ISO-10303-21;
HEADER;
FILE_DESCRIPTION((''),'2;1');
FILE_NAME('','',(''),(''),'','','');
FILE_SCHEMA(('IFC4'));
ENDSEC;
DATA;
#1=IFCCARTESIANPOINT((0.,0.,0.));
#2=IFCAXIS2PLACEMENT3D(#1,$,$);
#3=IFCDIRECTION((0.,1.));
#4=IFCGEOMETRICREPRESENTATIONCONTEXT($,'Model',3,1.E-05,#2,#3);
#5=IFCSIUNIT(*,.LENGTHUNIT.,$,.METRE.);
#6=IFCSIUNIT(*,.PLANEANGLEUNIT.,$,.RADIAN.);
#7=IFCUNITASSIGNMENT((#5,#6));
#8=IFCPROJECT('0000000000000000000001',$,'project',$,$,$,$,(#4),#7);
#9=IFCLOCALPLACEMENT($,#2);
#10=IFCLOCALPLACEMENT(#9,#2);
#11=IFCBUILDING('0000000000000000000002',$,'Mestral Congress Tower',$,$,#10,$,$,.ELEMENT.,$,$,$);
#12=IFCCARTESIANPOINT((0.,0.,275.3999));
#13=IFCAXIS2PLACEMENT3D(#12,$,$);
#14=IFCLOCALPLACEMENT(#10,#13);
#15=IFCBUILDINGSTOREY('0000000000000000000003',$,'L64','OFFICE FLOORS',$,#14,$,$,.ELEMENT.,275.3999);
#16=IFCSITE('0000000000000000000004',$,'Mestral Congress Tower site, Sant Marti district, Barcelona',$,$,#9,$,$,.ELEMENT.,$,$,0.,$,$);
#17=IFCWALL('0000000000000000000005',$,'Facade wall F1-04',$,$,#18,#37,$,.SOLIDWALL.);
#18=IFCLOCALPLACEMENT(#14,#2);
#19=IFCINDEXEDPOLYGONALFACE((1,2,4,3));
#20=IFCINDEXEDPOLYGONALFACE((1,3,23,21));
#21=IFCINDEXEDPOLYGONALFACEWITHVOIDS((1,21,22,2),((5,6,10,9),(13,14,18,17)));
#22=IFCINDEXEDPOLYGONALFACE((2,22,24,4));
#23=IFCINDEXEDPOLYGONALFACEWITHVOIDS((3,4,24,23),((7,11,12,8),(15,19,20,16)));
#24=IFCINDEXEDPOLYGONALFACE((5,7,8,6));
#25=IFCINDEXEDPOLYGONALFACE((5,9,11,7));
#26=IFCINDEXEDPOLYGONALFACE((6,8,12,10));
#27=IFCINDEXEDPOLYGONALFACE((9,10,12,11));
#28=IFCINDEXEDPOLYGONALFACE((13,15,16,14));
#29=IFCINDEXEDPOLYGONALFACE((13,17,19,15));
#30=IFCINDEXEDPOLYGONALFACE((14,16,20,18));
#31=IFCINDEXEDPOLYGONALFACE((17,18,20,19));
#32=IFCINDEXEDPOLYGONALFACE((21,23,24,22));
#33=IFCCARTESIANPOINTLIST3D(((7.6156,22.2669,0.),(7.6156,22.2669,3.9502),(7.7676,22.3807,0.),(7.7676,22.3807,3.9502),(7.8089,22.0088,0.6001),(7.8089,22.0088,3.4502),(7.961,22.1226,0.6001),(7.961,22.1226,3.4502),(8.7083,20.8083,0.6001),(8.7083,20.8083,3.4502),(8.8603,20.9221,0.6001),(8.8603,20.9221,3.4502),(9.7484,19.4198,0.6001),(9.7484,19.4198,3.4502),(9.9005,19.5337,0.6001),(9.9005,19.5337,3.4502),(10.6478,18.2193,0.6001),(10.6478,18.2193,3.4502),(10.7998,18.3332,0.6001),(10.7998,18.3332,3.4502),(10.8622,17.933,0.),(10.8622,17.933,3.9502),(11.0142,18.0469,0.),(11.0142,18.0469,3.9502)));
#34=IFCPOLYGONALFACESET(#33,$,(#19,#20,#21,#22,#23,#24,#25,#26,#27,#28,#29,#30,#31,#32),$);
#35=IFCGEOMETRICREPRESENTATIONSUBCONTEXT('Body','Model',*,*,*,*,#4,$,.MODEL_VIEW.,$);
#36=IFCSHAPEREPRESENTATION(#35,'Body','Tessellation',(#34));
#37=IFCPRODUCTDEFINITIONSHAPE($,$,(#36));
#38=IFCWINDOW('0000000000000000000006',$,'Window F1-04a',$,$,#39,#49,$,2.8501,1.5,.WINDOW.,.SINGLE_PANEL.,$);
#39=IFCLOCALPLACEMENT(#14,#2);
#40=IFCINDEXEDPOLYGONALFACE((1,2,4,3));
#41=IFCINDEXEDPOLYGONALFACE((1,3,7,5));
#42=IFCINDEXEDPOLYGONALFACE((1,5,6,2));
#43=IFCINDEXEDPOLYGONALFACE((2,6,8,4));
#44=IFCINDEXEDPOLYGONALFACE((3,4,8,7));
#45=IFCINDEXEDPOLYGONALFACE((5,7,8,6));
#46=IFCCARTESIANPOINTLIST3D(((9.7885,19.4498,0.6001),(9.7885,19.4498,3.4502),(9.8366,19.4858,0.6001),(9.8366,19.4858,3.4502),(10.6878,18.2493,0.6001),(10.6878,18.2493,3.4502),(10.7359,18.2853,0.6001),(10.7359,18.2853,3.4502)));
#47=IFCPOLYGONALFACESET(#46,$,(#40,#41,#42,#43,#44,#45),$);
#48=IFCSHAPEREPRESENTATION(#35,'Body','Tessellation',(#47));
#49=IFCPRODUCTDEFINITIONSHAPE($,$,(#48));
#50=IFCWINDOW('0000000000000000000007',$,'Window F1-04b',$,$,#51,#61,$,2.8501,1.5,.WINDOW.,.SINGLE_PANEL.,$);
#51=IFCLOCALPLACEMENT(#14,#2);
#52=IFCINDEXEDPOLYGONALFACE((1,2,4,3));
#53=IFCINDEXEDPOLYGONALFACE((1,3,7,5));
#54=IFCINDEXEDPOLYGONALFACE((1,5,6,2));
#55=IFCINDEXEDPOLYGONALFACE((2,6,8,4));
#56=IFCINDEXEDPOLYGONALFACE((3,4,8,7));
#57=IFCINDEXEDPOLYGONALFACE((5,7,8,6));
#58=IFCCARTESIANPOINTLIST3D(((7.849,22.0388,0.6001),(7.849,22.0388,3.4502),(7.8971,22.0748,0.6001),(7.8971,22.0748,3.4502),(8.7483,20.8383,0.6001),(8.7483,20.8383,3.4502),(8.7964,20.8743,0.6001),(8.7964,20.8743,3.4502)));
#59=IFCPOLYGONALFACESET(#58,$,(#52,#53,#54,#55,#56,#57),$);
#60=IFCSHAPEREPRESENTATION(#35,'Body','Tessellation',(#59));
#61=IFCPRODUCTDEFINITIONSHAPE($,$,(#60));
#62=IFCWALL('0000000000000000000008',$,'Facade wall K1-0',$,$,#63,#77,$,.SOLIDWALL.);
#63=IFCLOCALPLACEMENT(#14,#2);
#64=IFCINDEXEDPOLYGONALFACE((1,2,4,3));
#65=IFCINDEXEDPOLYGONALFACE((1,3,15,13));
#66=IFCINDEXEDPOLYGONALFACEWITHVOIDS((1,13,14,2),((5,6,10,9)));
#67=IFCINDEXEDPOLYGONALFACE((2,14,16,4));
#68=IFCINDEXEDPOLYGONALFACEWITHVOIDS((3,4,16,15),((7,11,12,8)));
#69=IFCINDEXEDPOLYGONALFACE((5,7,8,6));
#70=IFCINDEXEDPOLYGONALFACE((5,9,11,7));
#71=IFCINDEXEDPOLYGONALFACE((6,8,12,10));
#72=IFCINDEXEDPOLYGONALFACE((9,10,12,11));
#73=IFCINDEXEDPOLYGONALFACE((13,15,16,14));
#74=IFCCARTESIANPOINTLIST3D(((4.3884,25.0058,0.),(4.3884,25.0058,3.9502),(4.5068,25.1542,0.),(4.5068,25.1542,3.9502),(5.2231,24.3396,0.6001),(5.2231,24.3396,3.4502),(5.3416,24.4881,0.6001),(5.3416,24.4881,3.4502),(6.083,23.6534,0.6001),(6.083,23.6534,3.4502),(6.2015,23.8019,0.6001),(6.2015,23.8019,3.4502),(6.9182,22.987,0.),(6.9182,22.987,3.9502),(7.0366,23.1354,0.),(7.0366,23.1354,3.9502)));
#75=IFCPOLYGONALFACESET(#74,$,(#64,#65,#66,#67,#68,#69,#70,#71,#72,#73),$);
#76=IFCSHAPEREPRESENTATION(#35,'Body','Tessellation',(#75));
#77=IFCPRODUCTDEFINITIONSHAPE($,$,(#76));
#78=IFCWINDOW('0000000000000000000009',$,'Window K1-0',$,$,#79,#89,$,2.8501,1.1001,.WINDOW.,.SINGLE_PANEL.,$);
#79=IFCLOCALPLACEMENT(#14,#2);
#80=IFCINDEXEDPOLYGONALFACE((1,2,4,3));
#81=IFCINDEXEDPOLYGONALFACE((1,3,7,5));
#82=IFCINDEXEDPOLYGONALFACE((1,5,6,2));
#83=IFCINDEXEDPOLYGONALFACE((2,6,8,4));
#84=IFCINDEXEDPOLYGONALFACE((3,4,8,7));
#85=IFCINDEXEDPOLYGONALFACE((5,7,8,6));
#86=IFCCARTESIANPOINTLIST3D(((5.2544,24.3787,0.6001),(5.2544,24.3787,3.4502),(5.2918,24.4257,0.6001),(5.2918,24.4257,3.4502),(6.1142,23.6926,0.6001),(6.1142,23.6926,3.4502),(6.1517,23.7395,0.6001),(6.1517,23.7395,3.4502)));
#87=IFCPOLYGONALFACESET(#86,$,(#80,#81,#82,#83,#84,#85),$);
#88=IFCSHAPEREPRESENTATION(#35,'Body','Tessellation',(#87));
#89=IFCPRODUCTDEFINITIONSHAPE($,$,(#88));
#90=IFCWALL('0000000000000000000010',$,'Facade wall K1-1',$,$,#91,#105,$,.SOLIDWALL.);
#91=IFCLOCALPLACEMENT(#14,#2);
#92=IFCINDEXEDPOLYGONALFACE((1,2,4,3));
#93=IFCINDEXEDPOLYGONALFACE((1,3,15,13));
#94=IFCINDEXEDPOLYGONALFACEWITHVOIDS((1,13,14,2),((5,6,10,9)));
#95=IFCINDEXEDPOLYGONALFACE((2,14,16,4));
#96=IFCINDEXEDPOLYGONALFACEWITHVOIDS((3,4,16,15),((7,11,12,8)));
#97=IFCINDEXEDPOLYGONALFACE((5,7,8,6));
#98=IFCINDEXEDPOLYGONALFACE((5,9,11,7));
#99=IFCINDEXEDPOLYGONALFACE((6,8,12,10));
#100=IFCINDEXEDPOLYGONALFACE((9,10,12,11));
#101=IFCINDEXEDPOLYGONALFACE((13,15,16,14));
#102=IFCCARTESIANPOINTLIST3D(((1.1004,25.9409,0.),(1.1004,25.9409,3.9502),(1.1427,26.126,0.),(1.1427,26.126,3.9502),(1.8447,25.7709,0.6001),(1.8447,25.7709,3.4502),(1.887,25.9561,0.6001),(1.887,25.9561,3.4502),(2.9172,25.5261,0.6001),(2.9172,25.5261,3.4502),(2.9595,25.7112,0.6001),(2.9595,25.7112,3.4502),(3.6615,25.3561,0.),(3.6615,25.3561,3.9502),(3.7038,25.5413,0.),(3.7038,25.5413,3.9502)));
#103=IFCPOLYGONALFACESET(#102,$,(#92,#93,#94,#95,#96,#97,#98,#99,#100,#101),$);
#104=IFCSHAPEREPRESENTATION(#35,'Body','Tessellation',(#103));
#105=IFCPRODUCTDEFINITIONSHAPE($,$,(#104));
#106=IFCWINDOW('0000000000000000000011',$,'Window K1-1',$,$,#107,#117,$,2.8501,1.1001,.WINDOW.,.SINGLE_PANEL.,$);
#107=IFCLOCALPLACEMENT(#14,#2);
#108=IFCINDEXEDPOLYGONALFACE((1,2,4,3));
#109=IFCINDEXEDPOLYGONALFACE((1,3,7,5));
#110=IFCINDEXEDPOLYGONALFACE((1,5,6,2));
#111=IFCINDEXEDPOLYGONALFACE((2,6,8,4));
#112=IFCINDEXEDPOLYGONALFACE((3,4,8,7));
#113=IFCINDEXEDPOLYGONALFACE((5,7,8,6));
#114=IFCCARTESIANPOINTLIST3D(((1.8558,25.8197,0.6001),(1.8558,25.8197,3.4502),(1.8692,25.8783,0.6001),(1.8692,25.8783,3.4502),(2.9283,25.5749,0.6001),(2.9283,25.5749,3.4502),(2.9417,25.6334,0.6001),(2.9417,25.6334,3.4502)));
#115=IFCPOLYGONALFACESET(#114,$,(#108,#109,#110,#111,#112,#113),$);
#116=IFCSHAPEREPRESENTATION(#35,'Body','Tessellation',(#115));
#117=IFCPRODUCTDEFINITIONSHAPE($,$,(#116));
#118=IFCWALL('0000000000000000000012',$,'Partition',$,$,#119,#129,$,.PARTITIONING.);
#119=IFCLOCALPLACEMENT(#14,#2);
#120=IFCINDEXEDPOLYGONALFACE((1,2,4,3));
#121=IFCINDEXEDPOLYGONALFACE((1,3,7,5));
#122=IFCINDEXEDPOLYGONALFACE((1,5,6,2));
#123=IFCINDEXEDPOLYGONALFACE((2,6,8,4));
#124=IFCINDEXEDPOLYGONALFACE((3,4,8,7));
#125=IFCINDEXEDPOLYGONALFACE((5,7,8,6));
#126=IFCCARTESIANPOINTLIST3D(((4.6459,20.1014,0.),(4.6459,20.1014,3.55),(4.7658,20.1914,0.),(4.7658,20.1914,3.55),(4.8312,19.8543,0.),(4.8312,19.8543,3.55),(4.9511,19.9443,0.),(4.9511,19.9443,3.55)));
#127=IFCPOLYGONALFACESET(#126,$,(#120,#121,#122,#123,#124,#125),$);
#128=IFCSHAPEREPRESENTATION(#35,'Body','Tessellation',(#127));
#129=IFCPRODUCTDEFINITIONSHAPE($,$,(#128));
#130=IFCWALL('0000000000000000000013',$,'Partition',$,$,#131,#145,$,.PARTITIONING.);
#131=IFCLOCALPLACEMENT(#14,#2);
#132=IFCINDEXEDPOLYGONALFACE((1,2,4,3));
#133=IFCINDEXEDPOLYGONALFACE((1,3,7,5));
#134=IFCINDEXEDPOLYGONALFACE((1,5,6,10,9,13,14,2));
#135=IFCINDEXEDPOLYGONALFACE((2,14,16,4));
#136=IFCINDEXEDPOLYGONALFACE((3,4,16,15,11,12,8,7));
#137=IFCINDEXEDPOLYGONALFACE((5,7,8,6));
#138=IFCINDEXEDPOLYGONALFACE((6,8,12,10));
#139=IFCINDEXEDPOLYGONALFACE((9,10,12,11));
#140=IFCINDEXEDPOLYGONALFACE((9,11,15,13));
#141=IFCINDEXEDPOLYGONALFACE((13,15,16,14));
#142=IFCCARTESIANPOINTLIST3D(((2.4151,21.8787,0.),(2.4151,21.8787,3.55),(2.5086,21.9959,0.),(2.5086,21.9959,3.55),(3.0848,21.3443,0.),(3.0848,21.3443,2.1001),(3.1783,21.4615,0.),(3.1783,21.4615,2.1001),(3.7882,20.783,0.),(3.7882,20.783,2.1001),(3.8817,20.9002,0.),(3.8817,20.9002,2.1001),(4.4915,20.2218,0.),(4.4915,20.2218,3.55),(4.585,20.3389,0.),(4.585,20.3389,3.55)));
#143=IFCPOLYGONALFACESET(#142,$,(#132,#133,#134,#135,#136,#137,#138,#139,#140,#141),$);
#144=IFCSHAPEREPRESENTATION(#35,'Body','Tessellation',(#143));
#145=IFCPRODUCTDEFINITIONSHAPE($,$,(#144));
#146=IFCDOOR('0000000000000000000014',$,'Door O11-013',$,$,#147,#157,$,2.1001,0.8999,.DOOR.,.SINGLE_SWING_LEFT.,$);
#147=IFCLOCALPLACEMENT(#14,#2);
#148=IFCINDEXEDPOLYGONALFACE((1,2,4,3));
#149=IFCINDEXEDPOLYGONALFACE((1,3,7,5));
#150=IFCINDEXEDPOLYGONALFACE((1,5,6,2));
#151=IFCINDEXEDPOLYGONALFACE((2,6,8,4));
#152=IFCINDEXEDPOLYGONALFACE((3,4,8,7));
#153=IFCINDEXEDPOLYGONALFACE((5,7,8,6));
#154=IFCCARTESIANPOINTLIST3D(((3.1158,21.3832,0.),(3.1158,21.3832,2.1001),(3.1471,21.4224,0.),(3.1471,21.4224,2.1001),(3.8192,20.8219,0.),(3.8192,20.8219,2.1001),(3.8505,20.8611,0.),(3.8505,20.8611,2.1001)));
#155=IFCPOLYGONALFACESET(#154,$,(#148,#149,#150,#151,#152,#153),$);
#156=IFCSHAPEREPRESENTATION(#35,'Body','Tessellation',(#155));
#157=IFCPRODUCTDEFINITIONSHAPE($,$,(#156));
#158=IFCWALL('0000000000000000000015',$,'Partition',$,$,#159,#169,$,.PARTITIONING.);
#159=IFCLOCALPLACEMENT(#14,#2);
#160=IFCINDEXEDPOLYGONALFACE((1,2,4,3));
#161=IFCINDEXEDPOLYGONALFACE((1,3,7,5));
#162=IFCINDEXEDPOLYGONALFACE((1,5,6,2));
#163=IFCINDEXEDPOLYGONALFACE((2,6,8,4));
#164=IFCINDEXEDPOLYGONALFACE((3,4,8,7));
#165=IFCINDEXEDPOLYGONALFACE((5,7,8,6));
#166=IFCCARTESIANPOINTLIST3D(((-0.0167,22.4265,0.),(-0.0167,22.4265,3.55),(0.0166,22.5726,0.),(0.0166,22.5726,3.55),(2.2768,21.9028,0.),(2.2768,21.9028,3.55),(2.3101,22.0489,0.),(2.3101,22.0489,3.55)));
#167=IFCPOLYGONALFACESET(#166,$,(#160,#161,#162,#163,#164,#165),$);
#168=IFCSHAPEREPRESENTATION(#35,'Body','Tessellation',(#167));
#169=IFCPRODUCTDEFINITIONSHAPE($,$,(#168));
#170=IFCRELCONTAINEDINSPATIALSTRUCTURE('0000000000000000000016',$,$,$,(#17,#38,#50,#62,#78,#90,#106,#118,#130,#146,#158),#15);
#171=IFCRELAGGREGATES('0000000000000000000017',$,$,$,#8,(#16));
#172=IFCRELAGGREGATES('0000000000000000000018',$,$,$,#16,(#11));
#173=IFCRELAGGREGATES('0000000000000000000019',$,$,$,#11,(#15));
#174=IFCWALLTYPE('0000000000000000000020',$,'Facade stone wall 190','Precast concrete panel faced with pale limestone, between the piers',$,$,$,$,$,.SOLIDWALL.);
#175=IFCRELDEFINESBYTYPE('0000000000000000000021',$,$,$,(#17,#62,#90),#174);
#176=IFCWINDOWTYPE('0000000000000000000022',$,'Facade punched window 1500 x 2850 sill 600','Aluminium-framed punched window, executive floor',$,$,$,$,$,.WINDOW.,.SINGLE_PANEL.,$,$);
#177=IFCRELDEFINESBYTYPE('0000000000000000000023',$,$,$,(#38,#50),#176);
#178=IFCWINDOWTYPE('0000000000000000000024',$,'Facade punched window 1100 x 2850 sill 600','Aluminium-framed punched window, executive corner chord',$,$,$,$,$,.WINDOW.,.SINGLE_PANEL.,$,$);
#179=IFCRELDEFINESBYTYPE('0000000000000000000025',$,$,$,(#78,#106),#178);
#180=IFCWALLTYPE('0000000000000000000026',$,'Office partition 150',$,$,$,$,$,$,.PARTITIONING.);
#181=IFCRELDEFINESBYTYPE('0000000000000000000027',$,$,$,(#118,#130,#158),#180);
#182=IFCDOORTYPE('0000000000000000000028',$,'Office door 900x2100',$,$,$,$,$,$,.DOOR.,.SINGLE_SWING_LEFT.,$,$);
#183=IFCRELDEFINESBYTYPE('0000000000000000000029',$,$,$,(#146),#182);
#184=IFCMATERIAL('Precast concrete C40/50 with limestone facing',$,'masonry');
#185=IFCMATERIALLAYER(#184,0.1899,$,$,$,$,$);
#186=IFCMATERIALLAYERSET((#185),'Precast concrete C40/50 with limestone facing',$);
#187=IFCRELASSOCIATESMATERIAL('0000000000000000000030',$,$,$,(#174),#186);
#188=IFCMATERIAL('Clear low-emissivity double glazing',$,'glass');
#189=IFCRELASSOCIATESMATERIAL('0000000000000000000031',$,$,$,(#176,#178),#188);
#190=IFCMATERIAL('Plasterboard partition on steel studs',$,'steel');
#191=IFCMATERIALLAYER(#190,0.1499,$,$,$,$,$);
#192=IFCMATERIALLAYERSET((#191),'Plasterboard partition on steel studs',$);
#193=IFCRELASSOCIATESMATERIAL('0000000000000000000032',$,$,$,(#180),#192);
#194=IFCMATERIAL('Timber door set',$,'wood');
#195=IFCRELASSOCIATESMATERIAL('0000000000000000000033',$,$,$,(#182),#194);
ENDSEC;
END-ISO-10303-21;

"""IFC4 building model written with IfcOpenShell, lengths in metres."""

from ifc_helpers import new_model, si_unit, direction, frame, frame_2d, origin, place, context, subcontext, project, spatial, rectangle, extrude, material, layer, layer_set, type_object, element, fill, save


model = new_model("IFC4")

# Units and contexts
model_context = context("Model", 3, precision=1e-05, world=origin(), true_north=direction((0.0, 1.0)))
body_context = subcontext(model_context, "Body", "Model", "MODEL_VIEW")
ifc_project = project(units=[si_unit("LENGTHUNIT", "METRE"), si_unit("PLANEANGLEUNIT", "RADIAN")], contexts=[model_context])

# Site, building, storey
site_placement = place(None, origin())
site = spatial("IfcSite", under=ifc_project, at=site_placement, Name="Mestral Congress Tower site, Sant Marti district, Barcelona", CompositionType="ELEMENT", RefElevation=0.0)
building_placement = place(site_placement, origin())
building = spatial("IfcBuilding", under=site, at=building_placement, Name="Mestral Congress Tower", CompositionType="ELEMENT")
storey_placement = place(building_placement, frame((0.0, 0.0, 275.3999)))
storey = spatial("IfcBuildingStorey", under=building, at=storey_placement, Name="L64", Description="OFFICE FLOORS", CompositionType="ELEMENT", Elevation=275.3999)

# Wall, openings, windows
ifc_material_1 = material(Name="Precast concrete C40/50 with limestone facing", Category="masonry")
ifc_layer_1 = layer(ifc_material_1, 0.1899)
ifc_layer_set_1 = layer_set([ifc_layer_1], Name="Precast concrete C40/50 with limestone facing")
wall_type_1 = type_object("IfcWallType", Name="Facade stone wall 190", Description="Precast concrete panel faced with pale limestone, between the piers", PredefinedType="SOLIDWALL", material=ifc_layer_set_1)
wall_1_placement = place(storey_placement, frame((10.9382, 17.99, 0.0), z_axis=(0.0, 0.0, 1.0), x_axis=(-0.59956, 0.80033, 0.0)))
wall_1 = element("IfcWall", 1, at=wall_1_placement, inside=storey, type_object=wall_type_1, Name="Facade wall F1-04", PredefinedType="SOLIDWALL", context=body_context, shape_type="SweptSolid", body=[
    extrude(rectangle(XDim=5.415, YDim=0.1899, at=frame_2d((2.7075, 0.0))), origin(), (0.0, 0.0, 1.0), 3.9502),
])
opening_1_placement = place(wall_1_placement, frame((0.3577, 0.0, 0.6001)))
opening_1 = element("IfcOpeningElement", 2, at=opening_1_placement, cuts=wall_1, PredefinedType="OPENING", context=body_context, shape_type="SweptSolid", body=[
    extrude(rectangle(XDim=1.5, YDim=2.8501, at=frame_2d((0.75, 1.425))), frame((0.0, 0.105, 0.0), z_axis=(0.0, -1.0, 0.0), x_axis=(1.0, 0.0, 0.0)), (0.0, 0.0, 1.0), 0.21),
])
opening_2_placement = place(wall_1_placement, frame((3.5925, 0.0, 0.6001)))
opening_2 = element("IfcOpeningElement", 3, at=opening_2_placement, cuts=wall_1, PredefinedType="OPENING", context=body_context, shape_type="SweptSolid", body=[
    extrude(rectangle(XDim=1.5, YDim=2.8501, at=frame_2d((0.75, 1.425))), frame((0.0, 0.105, 0.0), z_axis=(0.0, -1.0, 0.0), x_axis=(1.0, 0.0, 0.0)), (0.0, 0.0, 1.0), 0.21),
])
ifc_material_2 = material(Name="Clear low-emissivity double glazing", Category="glass")
window_type_1 = type_object("IfcWindowType", Name="Facade punched window 1500 x 2850 sill 600", Description="Aluminium-framed punched window, executive floor", PartitioningType="SINGLE_PANEL", PredefinedType="WINDOW", material=ifc_material_2)
window_1_placement = place(opening_1_placement, origin())
window_1 = element("IfcWindow", 4, at=window_1_placement, inside=storey, type_object=window_type_1, Name="Window F1-04a", OverallHeight=2.8501, OverallWidth=1.5, PartitioningType="SINGLE_PANEL", PredefinedType="WINDOW", context=body_context, shape_type="SweptSolid", body=[
    extrude(rectangle(XDim=1.5, YDim=2.8501, at=frame_2d((0.75, 1.425))), frame((0.0, 0.0449, 0.0), z_axis=(0.0, -1.0, 0.0), x_axis=(1.0, 0.0, 0.0)), (0.0, 0.0, 1.0), 0.0601),
])
fill(opening_1, window_1)
window_2_placement = place(opening_2_placement, origin())
window_2 = element("IfcWindow", 5, at=window_2_placement, inside=storey, type_object=window_type_1, Name="Window F1-04b", OverallHeight=2.8501, OverallWidth=1.5, PartitioningType="SINGLE_PANEL", PredefinedType="WINDOW", context=body_context, shape_type="SweptSolid", body=[
    extrude(rectangle(XDim=1.5, YDim=2.8501, at=frame_2d((0.75, 1.425))), frame((0.0, 0.0449, 0.0), z_axis=(0.0, -1.0, 0.0), x_axis=(1.0, 0.0, 0.0)), (0.0, 0.0, 1.0), 0.0601),
])
fill(opening_2, window_2)

# Walls, openings, windows
wall_2_placement = place(storey_placement, frame((6.9773, 23.0613, 0.0), z_axis=(0.0, 0.0, 1.0), x_axis=(-0.781626, 0.623747, 0.0)))
wall_2 = element("IfcWall", 6, at=wall_2_placement, inside=storey, type_object=wall_type_1, Name="Facade wall K1-0", PredefinedType="SOLIDWALL", context=body_context, shape_type="SweptSolid", body=[
    extrude(rectangle(XDim=3.2366, YDim=0.1899, at=frame_2d((1.6182, 0.0))), origin(), (0.0, 0.0, 1.0), 3.9502),
])
opening_3_placement = place(wall_2_placement, frame((1.0684, 0.0, 0.6001)))
opening_3 = element("IfcOpeningElement", 7, at=opening_3_placement, cuts=wall_2, PredefinedType="OPENING", context=body_context, shape_type="SweptSolid", body=[
    extrude(rectangle(XDim=1.1001, YDim=2.8501, at=frame_2d((0.55, 1.425))), frame((0.0, 0.105, 0.0), z_axis=(0.0, -1.0, 0.0), x_axis=(1.0, 0.0, 0.0)), (0.0, 0.0, 1.0), 0.21),
])
window_type_2 = type_object("IfcWindowType", Name="Facade punched window 1100 x 2850 sill 600", Description="Aluminium-framed punched window, executive corner chord", PartitioningType="SINGLE_PANEL", PredefinedType="WINDOW", material=ifc_material_2)
window_3_placement = place(opening_3_placement, origin())
window_3 = element("IfcWindow", 8, at=window_3_placement, inside=storey, type_object=window_type_2, Name="Window K1-0", OverallHeight=2.8501, OverallWidth=1.1001, PartitioningType="SINGLE_PANEL", PredefinedType="WINDOW", context=body_context, shape_type="SweptSolid", body=[
    extrude(rectangle(XDim=1.1001, YDim=2.8501, at=frame_2d((0.55, 1.425))), frame((0.0, 0.0449, 0.0), z_axis=(0.0, -1.0, 0.0), x_axis=(1.0, 0.0, 0.0)), (0.0, 0.0, 1.0), 0.0601),
])
fill(opening_3, window_3)
wall_3_placement = place(storey_placement, frame((3.6826, 25.4487, 0.0), z_axis=(0.0, 0.0, 1.0), x_axis=(-0.974913, 0.222585, 0.0)))
wall_3 = element("IfcWall", 9, at=wall_3_placement, inside=storey, type_object=wall_type_1, Name="Facade wall K1-1", PredefinedType="SOLIDWALL", context=body_context, shape_type="SweptSolid", body=[
    extrude(rectangle(XDim=2.627, YDim=0.1899, at=frame_2d((1.3135, 0.0))), origin(), (0.0, 0.0, 1.0), 3.9502),
])
opening_4_placement = place(wall_3_placement, frame((0.7634, 0.0, 0.6001)))
opening_4 = element("IfcOpeningElement", 10, at=opening_4_placement, cuts=wall_3, PredefinedType="OPENING", context=body_context, shape_type="SweptSolid", body=[
    extrude(rectangle(XDim=1.1001, YDim=2.8501, at=frame_2d((0.55, 1.425))), frame((0.0, 0.105, 0.0), z_axis=(0.0, -1.0, 0.0), x_axis=(1.0, 0.0, 0.0)), (0.0, 0.0, 1.0), 0.21),
])
window_4_placement = place(opening_4_placement, origin())
window_4 = element("IfcWindow", 11, at=window_4_placement, inside=storey, type_object=window_type_2, Name="Window K1-1", OverallHeight=2.8501, OverallWidth=1.1001, PartitioningType="SINGLE_PANEL", PredefinedType="WINDOW", context=body_context, shape_type="SweptSolid", body=[
    extrude(rectangle(XDim=1.1001, YDim=2.8501, at=frame_2d((0.55, 1.425))), frame((0.0, 0.0449, 0.0), z_axis=(0.0, -1.0, 0.0), x_axis=(1.0, 0.0, 0.0)), (0.0, 0.0, 1.0), 0.0601),
])
fill(opening_4, window_4)

# Wall
ifc_material_3 = material(Name="Plasterboard partition on steel studs", Category="steel")
ifc_layer_2 = layer(ifc_material_3, 0.1499)
ifc_layer_set_2 = layer_set([ifc_layer_2], Name="Plasterboard partition on steel studs")
wall_type_2 = type_object("IfcWallType", Name="Office partition 150", PredefinedType="PARTITIONING", material=ifc_layer_set_2)
wall_4_placement = place(storey_placement, frame((4.8911, 19.8994, 0.0), z_axis=(0.0, 0.0, 1.0), x_axis=(-0.6, 0.8, 0.0)))
element("IfcWall", 12, at=wall_4_placement, inside=storey, type_object=wall_type_2, Name="Partition", PredefinedType="PARTITIONING", context=body_context, shape_type="SweptSolid", body=[
    extrude(rectangle(XDim=0.3088, YDim=0.1499, at=frame_2d((0.1543, 0.0))), origin(), (0.0, 0.0, 1.0), 3.55),
])

# Wall, opening, door
wall_5_placement = place(storey_placement, frame((2.4619, 21.9373, 0.0), z_axis=(0.0, 0.0, 1.0), x_axis=(0.78163, -0.623742, 0.0)))
wall_5 = element("IfcWall", 13, at=wall_5_placement, inside=storey, type_object=wall_type_2, Name="Partition", PredefinedType="PARTITIONING", context=body_context, shape_type="SweptSolid", body=[
    extrude(rectangle(XDim=2.6565, YDim=0.1499, at=frame_2d((1.3281, 0.0))), origin(), (0.0, 0.0, 1.0), 3.55),
])
opening_5_placement = place(wall_5_placement, frame((0.8567, 0.0, 0.0)))
opening_5 = element("IfcOpeningElement", 14, at=opening_5_placement, cuts=wall_5, PredefinedType="OPENING", context=body_context, shape_type="SweptSolid", body=[
    extrude(rectangle(XDim=0.8999, YDim=2.1001, at=frame_2d((0.45, 1.05))), frame((0.0, 0.085, 0.0), z_axis=(0.0, -1.0, 0.0), x_axis=(1.0, 0.0, 0.0)), (0.0, 0.0, 1.0), 0.1699),
])
ifc_material_4 = material(Name="Timber door set", Category="wood")
door_type = type_object("IfcDoorType", Name="Office door 900x2100", OperationType="SINGLE_SWING_LEFT", PredefinedType="DOOR", material=ifc_material_4)
door_placement = place(opening_5_placement, origin())
door = element("IfcDoor", 15, at=door_placement, inside=storey, type_object=door_type, Name="Door O11-013", OperationType="SINGLE_SWING_LEFT", OverallHeight=2.1001, OverallWidth=0.8999, PredefinedType="DOOR", context=body_context, shape_type="SweptSolid", body=[
    extrude(rectangle(XDim=0.8999, YDim=2.1001, at=frame_2d((0.45, 1.05))), frame((0.0, 0.0249, 0.0), z_axis=(0.0, -1.0, 0.0), x_axis=(1.0, 0.0, 0.0)), (0.0, 0.0, 1.0), 0.05),
])
fill(opening_5, door)

# Wall
wall_6_placement = place(storey_placement, frame((2.2935, 21.9758, 0.0), z_axis=(0.0, 0.0, 1.0), x_axis=(-0.974908, 0.222608, 0.0)))
element("IfcWall", 16, at=wall_6_placement, inside=storey, type_object=wall_type_2, Name="Partition", PredefinedType="PARTITIONING", context=body_context, shape_type="SweptSolid", body=[
    extrude(rectangle(XDim=2.3525, YDim=0.1499, at=frame_2d((1.1763, 0.0))), origin(), (0.0, 0.0, 1.0), 3.55),
])

save(model, "model.ifc")
